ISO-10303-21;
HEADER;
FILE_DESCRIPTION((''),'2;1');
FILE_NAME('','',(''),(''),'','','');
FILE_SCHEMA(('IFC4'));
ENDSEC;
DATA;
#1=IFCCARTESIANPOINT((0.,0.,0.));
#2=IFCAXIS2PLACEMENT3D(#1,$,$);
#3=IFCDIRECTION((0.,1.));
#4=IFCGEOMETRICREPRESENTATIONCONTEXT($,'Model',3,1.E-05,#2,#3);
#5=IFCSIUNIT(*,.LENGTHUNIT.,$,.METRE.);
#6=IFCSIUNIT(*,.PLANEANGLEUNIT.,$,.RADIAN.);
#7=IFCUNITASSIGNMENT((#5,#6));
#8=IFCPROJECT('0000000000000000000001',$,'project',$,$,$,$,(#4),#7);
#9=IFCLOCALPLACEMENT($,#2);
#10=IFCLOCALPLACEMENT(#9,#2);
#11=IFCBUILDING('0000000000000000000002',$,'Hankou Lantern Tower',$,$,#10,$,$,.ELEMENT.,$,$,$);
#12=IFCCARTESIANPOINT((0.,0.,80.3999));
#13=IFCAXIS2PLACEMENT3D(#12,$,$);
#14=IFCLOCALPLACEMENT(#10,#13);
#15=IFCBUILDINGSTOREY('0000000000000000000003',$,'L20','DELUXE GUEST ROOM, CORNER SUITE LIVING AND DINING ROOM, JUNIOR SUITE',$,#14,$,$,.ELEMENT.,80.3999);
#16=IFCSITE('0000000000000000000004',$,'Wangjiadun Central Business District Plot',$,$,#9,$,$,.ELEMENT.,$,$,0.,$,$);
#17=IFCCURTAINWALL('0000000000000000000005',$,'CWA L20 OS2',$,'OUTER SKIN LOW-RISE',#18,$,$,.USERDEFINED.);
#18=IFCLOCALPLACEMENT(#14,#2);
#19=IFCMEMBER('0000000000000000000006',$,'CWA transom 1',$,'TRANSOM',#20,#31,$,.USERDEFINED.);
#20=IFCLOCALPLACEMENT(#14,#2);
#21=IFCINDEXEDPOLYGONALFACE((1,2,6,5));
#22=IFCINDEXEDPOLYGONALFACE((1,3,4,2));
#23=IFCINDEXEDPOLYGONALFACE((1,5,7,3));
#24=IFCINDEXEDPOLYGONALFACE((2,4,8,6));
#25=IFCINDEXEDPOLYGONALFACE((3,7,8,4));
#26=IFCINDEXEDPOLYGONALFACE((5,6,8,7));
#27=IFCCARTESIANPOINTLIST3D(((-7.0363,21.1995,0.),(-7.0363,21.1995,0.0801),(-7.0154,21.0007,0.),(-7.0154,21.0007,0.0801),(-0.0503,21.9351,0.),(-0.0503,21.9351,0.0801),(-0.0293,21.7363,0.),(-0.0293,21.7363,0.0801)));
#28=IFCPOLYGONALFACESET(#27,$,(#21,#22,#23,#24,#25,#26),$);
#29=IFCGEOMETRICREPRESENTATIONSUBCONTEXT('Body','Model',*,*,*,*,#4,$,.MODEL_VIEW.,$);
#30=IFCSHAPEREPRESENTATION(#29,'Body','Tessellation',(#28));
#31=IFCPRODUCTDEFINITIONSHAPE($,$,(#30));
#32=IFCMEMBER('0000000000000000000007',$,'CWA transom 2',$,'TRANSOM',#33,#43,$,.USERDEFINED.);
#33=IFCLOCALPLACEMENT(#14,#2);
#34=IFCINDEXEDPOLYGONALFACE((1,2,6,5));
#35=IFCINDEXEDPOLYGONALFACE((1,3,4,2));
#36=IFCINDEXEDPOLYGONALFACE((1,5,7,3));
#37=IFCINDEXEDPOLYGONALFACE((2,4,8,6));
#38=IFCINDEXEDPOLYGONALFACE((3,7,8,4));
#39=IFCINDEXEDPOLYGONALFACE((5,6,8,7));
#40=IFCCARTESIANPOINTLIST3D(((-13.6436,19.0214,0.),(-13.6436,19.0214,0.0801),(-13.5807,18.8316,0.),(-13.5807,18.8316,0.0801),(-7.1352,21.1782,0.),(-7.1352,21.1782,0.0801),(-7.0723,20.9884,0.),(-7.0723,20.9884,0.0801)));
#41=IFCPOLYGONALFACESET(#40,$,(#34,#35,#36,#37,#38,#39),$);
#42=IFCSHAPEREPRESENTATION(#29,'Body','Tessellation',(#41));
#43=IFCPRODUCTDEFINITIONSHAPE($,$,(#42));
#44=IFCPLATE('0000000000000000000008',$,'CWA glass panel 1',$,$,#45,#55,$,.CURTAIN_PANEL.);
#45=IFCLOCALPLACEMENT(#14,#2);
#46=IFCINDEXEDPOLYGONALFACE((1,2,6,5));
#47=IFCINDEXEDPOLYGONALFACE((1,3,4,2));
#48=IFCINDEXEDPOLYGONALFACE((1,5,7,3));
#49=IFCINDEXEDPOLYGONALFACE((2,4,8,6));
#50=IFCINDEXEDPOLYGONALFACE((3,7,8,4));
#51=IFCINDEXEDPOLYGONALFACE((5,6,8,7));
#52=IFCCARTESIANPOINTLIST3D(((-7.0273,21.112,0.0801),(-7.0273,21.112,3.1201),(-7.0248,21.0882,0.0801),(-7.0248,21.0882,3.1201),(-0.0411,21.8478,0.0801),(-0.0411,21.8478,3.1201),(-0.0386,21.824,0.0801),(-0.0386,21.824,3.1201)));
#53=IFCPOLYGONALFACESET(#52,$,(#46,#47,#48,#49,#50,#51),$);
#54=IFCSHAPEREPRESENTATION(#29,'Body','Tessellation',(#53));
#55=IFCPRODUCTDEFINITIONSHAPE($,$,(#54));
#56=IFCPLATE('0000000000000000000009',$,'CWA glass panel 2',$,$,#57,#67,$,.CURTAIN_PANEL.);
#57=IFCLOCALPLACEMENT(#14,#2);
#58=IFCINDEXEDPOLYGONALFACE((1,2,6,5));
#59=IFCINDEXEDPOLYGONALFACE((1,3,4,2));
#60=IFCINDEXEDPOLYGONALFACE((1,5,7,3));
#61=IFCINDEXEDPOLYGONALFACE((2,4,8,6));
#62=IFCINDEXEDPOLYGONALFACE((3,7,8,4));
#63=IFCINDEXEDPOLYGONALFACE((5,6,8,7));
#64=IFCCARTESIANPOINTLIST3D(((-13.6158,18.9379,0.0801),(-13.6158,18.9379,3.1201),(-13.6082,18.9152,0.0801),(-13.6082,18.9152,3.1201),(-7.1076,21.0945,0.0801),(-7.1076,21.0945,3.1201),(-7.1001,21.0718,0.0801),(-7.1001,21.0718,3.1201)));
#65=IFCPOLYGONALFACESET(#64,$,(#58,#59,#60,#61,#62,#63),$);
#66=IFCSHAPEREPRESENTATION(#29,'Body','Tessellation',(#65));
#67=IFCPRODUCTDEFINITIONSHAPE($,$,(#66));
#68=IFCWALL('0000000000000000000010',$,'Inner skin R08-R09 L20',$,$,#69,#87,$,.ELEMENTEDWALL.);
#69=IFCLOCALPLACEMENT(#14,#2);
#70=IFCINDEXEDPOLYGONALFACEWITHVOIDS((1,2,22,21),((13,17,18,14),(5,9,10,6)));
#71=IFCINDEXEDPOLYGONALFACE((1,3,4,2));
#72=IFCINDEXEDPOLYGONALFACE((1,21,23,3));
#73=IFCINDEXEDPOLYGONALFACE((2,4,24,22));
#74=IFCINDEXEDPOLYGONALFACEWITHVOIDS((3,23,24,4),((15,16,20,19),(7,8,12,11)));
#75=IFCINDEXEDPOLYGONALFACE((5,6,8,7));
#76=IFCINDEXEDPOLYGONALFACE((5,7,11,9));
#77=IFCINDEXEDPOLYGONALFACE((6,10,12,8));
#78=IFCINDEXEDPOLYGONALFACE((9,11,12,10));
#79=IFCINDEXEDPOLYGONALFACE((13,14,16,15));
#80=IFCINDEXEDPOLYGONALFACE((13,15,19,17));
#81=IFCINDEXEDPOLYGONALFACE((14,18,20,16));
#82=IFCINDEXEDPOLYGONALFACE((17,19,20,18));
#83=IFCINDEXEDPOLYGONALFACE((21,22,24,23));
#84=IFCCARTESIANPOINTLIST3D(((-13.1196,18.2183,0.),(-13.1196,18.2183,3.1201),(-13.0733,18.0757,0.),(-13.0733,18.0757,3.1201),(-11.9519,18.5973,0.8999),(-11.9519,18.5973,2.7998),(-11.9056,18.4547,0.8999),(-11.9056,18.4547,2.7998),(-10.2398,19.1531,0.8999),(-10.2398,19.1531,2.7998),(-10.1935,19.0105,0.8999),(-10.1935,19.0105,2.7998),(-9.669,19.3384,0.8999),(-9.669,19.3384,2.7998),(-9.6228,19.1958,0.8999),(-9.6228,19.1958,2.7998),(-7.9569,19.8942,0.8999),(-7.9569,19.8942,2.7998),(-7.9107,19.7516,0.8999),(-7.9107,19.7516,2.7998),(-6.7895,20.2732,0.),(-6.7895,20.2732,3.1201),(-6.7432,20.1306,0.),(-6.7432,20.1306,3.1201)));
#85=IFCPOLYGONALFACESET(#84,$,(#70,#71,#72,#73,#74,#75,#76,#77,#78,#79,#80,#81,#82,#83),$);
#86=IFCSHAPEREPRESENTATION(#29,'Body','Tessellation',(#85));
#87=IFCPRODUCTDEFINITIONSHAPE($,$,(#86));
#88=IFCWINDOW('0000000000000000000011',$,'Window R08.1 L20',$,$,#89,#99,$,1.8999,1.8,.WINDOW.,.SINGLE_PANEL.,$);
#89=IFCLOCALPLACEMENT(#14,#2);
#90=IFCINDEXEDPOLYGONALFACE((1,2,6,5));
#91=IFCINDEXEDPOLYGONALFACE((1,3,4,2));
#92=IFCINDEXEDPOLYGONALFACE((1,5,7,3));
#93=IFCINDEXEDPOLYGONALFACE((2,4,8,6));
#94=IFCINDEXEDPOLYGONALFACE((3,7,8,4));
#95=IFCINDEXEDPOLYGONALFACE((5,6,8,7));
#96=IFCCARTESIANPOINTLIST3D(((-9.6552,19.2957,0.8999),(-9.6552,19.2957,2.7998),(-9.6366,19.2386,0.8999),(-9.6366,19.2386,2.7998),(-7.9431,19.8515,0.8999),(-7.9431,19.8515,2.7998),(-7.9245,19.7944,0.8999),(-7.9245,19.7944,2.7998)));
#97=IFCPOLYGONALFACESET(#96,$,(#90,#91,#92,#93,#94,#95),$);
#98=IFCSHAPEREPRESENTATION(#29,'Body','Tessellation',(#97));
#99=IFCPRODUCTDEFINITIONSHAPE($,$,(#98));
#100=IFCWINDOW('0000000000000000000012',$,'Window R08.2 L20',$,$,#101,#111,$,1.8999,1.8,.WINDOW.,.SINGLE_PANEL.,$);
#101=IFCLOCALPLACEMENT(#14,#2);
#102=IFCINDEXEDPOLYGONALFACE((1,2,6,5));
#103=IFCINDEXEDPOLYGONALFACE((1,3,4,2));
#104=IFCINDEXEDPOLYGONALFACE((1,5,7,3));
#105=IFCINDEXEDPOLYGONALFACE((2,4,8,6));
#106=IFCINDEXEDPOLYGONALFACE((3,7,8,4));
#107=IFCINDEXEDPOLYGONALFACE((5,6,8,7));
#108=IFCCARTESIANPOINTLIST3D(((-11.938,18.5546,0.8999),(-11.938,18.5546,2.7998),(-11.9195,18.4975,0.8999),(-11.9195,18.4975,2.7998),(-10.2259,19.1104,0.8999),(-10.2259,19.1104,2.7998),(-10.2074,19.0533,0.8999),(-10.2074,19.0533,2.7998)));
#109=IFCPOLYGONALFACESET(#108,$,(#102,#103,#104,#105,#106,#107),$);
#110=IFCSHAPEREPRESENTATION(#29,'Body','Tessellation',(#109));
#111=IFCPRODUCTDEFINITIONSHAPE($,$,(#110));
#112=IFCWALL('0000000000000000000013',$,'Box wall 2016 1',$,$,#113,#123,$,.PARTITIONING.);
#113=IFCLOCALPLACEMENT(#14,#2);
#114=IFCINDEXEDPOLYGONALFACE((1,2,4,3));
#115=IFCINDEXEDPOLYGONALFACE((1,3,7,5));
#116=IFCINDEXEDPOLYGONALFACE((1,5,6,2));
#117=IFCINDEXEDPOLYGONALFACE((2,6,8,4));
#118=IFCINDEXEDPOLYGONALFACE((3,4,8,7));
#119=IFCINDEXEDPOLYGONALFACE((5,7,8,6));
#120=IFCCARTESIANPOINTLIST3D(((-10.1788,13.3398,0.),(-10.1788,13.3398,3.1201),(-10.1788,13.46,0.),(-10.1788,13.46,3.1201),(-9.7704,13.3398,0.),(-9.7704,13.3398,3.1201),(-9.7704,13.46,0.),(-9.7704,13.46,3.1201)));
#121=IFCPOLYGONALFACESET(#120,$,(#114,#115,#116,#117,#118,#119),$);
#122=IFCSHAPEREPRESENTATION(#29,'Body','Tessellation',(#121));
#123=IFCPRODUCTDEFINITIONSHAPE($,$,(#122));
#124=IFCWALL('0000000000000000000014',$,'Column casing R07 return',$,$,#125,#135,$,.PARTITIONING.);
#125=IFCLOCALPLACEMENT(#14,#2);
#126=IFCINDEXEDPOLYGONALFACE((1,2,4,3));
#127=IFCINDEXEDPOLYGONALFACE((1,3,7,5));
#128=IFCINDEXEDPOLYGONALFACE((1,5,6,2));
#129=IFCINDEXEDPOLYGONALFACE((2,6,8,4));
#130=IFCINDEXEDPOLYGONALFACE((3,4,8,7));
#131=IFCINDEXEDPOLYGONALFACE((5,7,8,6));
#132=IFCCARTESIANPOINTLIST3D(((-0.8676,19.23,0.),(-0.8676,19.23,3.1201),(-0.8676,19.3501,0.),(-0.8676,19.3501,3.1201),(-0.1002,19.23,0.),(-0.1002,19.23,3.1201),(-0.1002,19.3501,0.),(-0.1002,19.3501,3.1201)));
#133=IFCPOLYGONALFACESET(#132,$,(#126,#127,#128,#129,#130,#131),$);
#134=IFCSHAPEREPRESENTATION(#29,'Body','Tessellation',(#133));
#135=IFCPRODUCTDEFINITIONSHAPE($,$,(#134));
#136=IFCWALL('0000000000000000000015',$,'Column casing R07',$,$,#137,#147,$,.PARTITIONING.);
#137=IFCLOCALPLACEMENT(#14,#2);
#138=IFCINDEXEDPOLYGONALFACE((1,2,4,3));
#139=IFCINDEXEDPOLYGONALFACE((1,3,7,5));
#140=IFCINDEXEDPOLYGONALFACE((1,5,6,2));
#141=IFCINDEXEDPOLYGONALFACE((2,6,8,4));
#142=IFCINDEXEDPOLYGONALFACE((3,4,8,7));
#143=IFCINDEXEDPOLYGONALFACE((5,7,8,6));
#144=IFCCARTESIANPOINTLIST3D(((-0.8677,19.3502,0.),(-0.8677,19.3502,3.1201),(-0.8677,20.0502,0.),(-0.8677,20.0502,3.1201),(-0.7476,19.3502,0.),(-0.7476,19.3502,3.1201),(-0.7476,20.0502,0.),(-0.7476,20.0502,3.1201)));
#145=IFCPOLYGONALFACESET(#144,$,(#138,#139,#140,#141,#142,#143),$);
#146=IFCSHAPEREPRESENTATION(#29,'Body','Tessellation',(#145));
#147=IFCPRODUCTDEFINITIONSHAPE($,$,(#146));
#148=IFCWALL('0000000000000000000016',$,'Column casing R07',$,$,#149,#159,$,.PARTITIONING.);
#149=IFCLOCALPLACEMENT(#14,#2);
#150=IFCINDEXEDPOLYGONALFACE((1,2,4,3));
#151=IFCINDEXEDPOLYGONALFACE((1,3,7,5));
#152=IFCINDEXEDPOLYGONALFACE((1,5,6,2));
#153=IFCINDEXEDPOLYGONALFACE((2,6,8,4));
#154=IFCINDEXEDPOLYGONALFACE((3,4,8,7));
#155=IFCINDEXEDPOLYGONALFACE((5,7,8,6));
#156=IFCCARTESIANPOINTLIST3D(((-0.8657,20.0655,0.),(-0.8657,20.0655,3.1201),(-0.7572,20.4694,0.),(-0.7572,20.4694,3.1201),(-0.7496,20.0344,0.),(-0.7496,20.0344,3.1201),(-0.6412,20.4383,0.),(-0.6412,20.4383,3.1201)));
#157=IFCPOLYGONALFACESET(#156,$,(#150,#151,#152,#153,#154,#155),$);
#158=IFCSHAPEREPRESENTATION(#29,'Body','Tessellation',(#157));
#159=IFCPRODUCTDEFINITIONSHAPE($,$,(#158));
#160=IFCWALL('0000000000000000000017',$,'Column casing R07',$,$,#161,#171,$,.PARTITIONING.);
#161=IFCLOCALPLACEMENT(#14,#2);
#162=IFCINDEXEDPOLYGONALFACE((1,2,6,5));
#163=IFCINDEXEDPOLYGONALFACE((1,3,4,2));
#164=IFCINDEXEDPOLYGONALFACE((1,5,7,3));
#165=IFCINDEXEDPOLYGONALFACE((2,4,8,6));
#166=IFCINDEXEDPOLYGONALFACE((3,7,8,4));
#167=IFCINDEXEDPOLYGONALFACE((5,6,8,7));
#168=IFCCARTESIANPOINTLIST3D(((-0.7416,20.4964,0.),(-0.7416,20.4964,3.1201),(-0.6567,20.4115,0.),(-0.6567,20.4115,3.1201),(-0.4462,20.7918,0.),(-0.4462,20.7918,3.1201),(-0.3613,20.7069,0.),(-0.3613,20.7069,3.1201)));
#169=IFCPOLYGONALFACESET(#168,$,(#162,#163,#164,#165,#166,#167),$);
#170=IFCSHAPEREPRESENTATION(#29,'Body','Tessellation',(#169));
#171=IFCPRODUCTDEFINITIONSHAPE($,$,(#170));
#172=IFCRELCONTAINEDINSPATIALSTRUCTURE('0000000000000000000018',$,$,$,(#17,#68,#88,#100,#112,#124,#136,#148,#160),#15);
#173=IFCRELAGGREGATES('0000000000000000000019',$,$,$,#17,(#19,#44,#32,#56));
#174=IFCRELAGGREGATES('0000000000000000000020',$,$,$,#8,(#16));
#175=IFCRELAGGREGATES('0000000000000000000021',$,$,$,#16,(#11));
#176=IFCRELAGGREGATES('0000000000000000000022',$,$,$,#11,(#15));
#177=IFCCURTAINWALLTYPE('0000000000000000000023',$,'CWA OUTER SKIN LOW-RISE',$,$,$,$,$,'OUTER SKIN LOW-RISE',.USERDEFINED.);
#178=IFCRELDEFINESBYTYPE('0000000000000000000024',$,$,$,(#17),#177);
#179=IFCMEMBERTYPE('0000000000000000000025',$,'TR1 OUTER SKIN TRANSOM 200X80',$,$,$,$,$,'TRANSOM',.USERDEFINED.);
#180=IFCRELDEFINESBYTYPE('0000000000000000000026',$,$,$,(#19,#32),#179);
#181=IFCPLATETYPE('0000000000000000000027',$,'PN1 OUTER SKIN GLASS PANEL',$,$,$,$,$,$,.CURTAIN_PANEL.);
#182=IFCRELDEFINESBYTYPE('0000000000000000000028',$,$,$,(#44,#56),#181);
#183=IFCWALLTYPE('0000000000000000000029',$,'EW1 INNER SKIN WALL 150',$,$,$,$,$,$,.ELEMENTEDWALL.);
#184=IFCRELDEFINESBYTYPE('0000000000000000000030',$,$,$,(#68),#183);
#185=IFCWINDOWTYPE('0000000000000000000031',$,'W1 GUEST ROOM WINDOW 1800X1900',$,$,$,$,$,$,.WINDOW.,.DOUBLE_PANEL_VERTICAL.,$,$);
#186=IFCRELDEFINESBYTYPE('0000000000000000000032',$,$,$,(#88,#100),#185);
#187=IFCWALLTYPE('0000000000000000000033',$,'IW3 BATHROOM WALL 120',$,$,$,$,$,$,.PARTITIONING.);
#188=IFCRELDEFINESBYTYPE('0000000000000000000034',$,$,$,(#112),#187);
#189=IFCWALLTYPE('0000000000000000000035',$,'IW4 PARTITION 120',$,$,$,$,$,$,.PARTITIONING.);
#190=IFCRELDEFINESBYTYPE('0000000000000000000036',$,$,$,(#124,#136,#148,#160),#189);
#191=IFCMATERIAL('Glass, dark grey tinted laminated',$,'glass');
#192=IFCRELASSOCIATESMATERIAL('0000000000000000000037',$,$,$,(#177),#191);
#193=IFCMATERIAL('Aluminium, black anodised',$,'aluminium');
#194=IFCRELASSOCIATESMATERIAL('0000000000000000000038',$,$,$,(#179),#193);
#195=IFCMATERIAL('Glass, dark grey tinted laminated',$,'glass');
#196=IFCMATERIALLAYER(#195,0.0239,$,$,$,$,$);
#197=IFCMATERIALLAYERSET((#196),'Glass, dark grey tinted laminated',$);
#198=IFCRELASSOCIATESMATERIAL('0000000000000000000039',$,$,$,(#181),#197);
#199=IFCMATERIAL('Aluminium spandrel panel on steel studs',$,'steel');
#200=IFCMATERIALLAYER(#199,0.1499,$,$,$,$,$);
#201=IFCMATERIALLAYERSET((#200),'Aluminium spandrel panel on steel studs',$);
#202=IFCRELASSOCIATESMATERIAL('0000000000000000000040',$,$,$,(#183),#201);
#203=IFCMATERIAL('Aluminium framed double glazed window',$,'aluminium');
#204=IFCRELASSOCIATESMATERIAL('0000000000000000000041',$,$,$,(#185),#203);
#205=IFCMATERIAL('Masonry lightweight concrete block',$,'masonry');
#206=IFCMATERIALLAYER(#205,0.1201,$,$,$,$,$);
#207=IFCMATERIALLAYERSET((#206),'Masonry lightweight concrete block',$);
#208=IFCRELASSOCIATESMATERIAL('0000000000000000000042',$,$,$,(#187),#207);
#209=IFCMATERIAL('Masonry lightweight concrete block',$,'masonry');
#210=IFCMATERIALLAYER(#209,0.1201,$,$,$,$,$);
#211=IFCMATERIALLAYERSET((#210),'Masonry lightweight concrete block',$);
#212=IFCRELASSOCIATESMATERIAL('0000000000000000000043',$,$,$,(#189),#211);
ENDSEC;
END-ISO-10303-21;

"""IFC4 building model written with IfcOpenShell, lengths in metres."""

from ifc_helpers import new_model, si_unit, direction, frame, frame_2d, origin, origin_2d, place, context, subcontext, project, spatial, rectangle, extrude, material, layer, layer_set, material_profile, profile_set, type_object, element, fill, aggregate, save


model = new_model("IFC4")

# Units and contexts
model_context = context("Model", 3, precision=1e-05, world=origin(), true_north=direction((0.0, 1.0)))
body_context = subcontext(model_context, "Body", "Model", "MODEL_VIEW")
ifc_project = project(units=[si_unit("LENGTHUNIT", "METRE"), si_unit("PLANEANGLEUNIT", "RADIAN")], contexts=[model_context])

# Site, building, storey
site_placement = place(None, origin())
site = spatial("IfcSite", under=ifc_project, at=site_placement, Name="Wangjiadun Central Business District Plot", CompositionType="ELEMENT", RefElevation=0.0)
building_placement = place(site_placement, origin())
building = spatial("IfcBuilding", under=site, at=building_placement, Name="Hankou Lantern Tower", CompositionType="ELEMENT")
storey_placement = place(building_placement, frame((0.0, 0.0, 80.3999)))
storey = spatial("IfcBuildingStorey", under=building, at=storey_placement, Name="L20", Description="DELUXE GUEST ROOM, CORNER SUITE LIVING AND DINING ROOM, JUNIOR SUITE", CompositionType="ELEMENT", Elevation=80.3999)

# Curtain wall
ifc_material_1 = material(Name="Glass, dark grey tinted laminated", Category="glass")
curtain_wall_type = type_object("IfcCurtainWallType", Name="CWA OUTER SKIN LOW-RISE", ElementType="OUTER SKIN LOW-RISE", PredefinedType="USERDEFINED", material=ifc_material_1)
curtain_wall_placement = place(storey_placement, origin())
curtain_wall = element("IfcCurtainWall", 1, at=curtain_wall_placement, inside=storey, type_object=curtain_wall_type, Name="CWA L20 OS2", ObjectType="OUTER SKIN LOW-RISE", PredefinedType="USERDEFINED")

# Members
ifc_material_2 = material(Name="Aluminium, black anodised", Category="aluminium")
ifc_material_profile_1 = material_profile(ifc_material_2, rectangle(XDim=0.2, YDim=0.0801, at=origin_2d()), Name="TR1 200X80")
ifc_profile_set_1 = profile_set([ifc_material_profile_1], Name="Aluminium, black anodised")
member_type_1 = type_object("IfcMemberType", Name="TR1 OUTER SKIN TRANSOM 200X80", ElementType="TRANSOM", PredefinedType="USERDEFINED", material=ifc_profile_set_1)
member_1_placement = place(storey_placement, frame((-0.0398, 21.8357, 0.04), z_axis=(-0.994502, -0.104716, 0.0), x_axis=(0.104716, -0.994502, 0.0)))
member_1 = element("IfcMember", 2, at=member_1_placement, type_object=member_type_1, Name="CWA transom 1", ObjectType="TRANSOM", PredefinedType="USERDEFINED", context=body_context, shape_type="SweptSolid", body=[
    extrude(rectangle(XDim=0.2, YDim=0.0801, at=origin_2d()), origin(), (0.0, 0.0, 1.0), 7.0247),
])
member_2_placement = place(storey_placement, frame((-7.1038, 21.0833, 0.04), z_axis=(-0.949237, -0.314561, 0.0), x_axis=(0.314561, -0.949237, 0.0)))
member_2 = element("IfcMember", 3, at=member_2_placement, type_object=member_type_1, Name="CWA transom 2", ObjectType="TRANSOM", PredefinedType="USERDEFINED", context=body_context, shape_type="SweptSolid", body=[
    extrude(rectangle(XDim=0.2, YDim=0.0801, at=origin_2d()), origin(), (0.0, 0.0, 1.0), 6.8564),
])

# Plates
ifc_material_3 = material(Name="Glass, dark grey tinted laminated", Category="glass")
ifc_layer_1 = layer(ifc_material_3, 0.0239)
ifc_layer_set_1 = layer_set([ifc_layer_1], Name="Glass, dark grey tinted laminated")
plate_type = type_object("IfcPlateType", Name="PN1 OUTER SKIN GLASS PANEL", PredefinedType="CURTAIN_PANEL", material=ifc_layer_set_1)
plate_1_placement = place(storey_placement, frame((-3.533, 21.468, 0.0801), z_axis=(0.0, 0.0, 1.0), x_axis=(-0.994499, -0.104743, 0.0)))
plate_1 = element("IfcPlate", 4, at=plate_1_placement, type_object=plate_type, Name="CWA glass panel 1", PredefinedType="CURTAIN_PANEL", context=body_context, shape_type="SweptSolid", body=[
    extrude(rectangle(XDim=7.0249, YDim=0.0239, at=origin_2d()), origin(), (0.0, 0.0, 1.0), 3.04),
])
plate_2_placement = place(storey_placement, frame((-10.3579, 20.0049, 0.0801), z_axis=(0.0, 0.0, 1.0), x_axis=(-0.949241, -0.314551, 0.0)))
plate_2 = element("IfcPlate", 5, at=plate_2_placement, type_object=plate_type, Name="CWA glass panel 2", PredefinedType="CURTAIN_PANEL", context=body_context, shape_type="SweptSolid", body=[
    extrude(rectangle(XDim=6.8562, YDim=0.0239, at=origin_2d()), origin(), (0.0, 0.0, 1.0), 3.04),
])
aggregate(curtain_wall, [member_1, plate_1, member_2, plate_2])

# Wall, openings, windows
ifc_material_4 = material(Name="Aluminium spandrel panel on steel studs", Category="steel")
ifc_layer_2 = layer(ifc_material_4, 0.1499)
ifc_layer_set_2 = layer_set([ifc_layer_2], Name="Aluminium spandrel panel on steel studs")
wall_type_1 = type_object("IfcWallType", Name="EW1 INNER SKIN WALL 150", PredefinedType="ELEMENTEDWALL", material=ifc_layer_set_2)
wall_1_placement = place(storey_placement, frame((-6.7664, 20.2019, 0.0), z_axis=(0.0, 0.0, 1.0), x_axis=(-0.951138, -0.308768, 0.0)))
wall_1 = element("IfcWall", 6, at=wall_1_placement, inside=storey, type_object=wall_type_1, Name="Inner skin R08-R09 L20", PredefinedType="ELEMENTEDWALL", context=body_context, shape_type="SweptSolid", body=[
    extrude(rectangle(XDim=6.6553, YDim=0.1499, at=frame_2d((3.3276, 0.0))), origin(), (0.0, 0.0, 1.0), 3.1201),
])
opening_1_placement = place(wall_1_placement, frame((1.2275, 0.0, 0.8999)))
opening_1 = element("IfcOpeningElement", 7, at=opening_1_placement, cuts=wall_1, PredefinedType="OPENING", context=body_context, shape_type="SweptSolid", body=[
    extrude(rectangle(XDim=1.8, YDim=1.8999, at=frame_2d((0.8999, 0.95))), frame((0.0, 0.085, 0.0), z_axis=(0.0, -1.0, 0.0), x_axis=(1.0, 0.0, 0.0)), (0.0, 0.0, 1.0), 0.1699),
])
opening_2_placement = place(wall_1_placement, frame((3.6277, 0.0, 0.8999)))
opening_2 = element("IfcOpeningElement", 8, at=opening_2_placement, cuts=wall_1, PredefinedType="OPENING", context=body_context, shape_type="SweptSolid", body=[
    extrude(rectangle(XDim=1.8, YDim=1.8999, at=frame_2d((0.8999, 0.95))), frame((0.0, 0.085, 0.0), z_axis=(0.0, -1.0, 0.0), x_axis=(1.0, 0.0, 0.0)), (0.0, 0.0, 1.0), 0.1699),
])
ifc_material_5 = material(Name="Aluminium framed double glazed window", Category="aluminium")
window_type = type_object("IfcWindowType", Name="W1 GUEST ROOM WINDOW 1800X1900", PartitioningType="DOUBLE_PANEL_VERTICAL", PredefinedType="WINDOW", material=ifc_material_5)
window_1_placement = place(opening_1_placement, origin())
window_1 = element("IfcWindow", 9, at=window_1_placement, inside=storey, type_object=window_type, Name="Window R08.1 L20", OverallHeight=1.8999, OverallWidth=1.8, PartitioningType="SINGLE_PANEL", PredefinedType="WINDOW", context=body_context, shape_type="SweptSolid", body=[
    extrude(rectangle(XDim=1.8, YDim=1.8999, at=frame_2d((0.8999, 0.95))), frame((0.0, 0.03, 0.0), z_axis=(0.0, -1.0, 0.0), x_axis=(1.0, 0.0, 0.0)), (0.0, 0.0, 1.0), 0.0601),
])
fill(opening_1, window_1)
window_2_placement = place(opening_2_placement, origin())
window_2 = element("IfcWindow", 10, at=window_2_placement, inside=storey, type_object=window_type, Name="Window R08.2 L20", OverallHeight=1.8999, OverallWidth=1.8, PartitioningType="SINGLE_PANEL", PredefinedType="WINDOW", context=body_context, shape_type="SweptSolid", body=[
    extrude(rectangle(XDim=1.8, YDim=1.8999, at=frame_2d((0.8999, 0.95))), frame((0.0, 0.03, 0.0), z_axis=(0.0, -1.0, 0.0), x_axis=(1.0, 0.0, 0.0)), (0.0, 0.0, 1.0), 0.0601),
])
fill(opening_2, window_2)

# Walls
ifc_material_6 = material(Name="Masonry lightweight concrete block", Category="masonry")
ifc_layer_3 = layer(ifc_material_6, 0.1201)
ifc_layer_set_3 = layer_set([ifc_layer_3], Name="Masonry lightweight concrete block")
wall_type_2 = type_object("IfcWallType", Name="IW3 BATHROOM WALL 120", PredefinedType="PARTITIONING", material=ifc_layer_set_3)
wall_2_placement = place(storey_placement, frame((-9.7705, 13.3999, 0.0), z_axis=(0.0, 0.0, 1.0), x_axis=(-1.0, 0.0, 0.0)))
element("IfcWall", 11, at=wall_2_placement, inside=storey, type_object=wall_type_2, Name="Box wall 2016 1", PredefinedType="PARTITIONING", context=body_context, shape_type="SweptSolid", body=[
    extrude(rectangle(XDim=0.4084, YDim=0.1201, at=frame_2d((0.2041, 0.0))), origin(), (0.0, 0.0, 1.0), 3.1201),
])
ifc_material_7 = material(Name="Masonry lightweight concrete block", Category="masonry")
ifc_layer_4 = layer(ifc_material_7, 0.1201)
ifc_layer_set_4 = layer_set([ifc_layer_4], Name="Masonry lightweight concrete block")
wall_type_3 = type_object("IfcWallType", Name="IW4 PARTITION 120", PredefinedType="PARTITIONING", material=ifc_layer_set_4)
wall_3_placement = place(storey_placement, frame((-0.1001, 19.29, 0.0), z_axis=(0.0, 0.0, 1.0), x_axis=(-1.0, 0.0, 0.0)))
element("IfcWall", 12, at=wall_3_placement, inside=storey, type_object=wall_type_3, Name="Column casing R07 return", PredefinedType="PARTITIONING", context=body_context, shape_type="SweptSolid", body=[
    extrude(rectangle(XDim=0.7673, YDim=0.1201, at=frame_2d((0.3838, 0.0))), origin(), (0.0, 0.0, 1.0), 3.1201),
])
wall_4_placement = place(storey_placement, frame((-0.8076, 19.3501, 0.0), z_axis=(0.0, 0.0, 1.0), x_axis=(0.0, 1.0, 0.0)))
element("IfcWall", 13, at=wall_4_placement, inside=storey, type_object=wall_type_3, Name="Column casing R07", PredefinedType="PARTITIONING", context=body_context, shape_type="SweptSolid", body=[
    extrude(rectangle(XDim=0.7, YDim=0.1201, at=frame_2d((0.3501, 0.0))), origin(), (0.0, 0.0, 1.0), 3.1201),
])
wall_5_placement = place(storey_placement, frame((-0.8076, 20.05, 0.0), z_axis=(0.0, 0.0, 1.0), x_axis=(0.259261, 0.965807, 0.0)))
element("IfcWall", 14, at=wall_5_placement, inside=storey, type_object=wall_type_3, Name="Column casing R07", PredefinedType="PARTITIONING", context=body_context, shape_type="SweptSolid", body=[
    extrude(rectangle(XDim=0.4182, YDim=0.1201, at=frame_2d((0.209, 0.0))), origin(), (0.0, 0.0, 1.0), 3.1201),
])
wall_6_placement = place(storey_placement, frame((-0.6992, 20.4539, 0.0), z_axis=(0.0, 0.0, 1.0), x_axis=(0.707107, 0.707107, 0.0)))
element("IfcWall", 15, at=wall_6_placement, inside=storey, type_object=wall_type_3, Name="Column casing R07", PredefinedType="PARTITIONING", context=body_context, shape_type="SweptSolid", body=[
    extrude(rectangle(XDim=0.4177, YDim=0.1201, at=frame_2d((0.209, 0.0))), origin(), (0.0, 0.0, 1.0), 3.1201),
])

save(model, "model.ifc")
